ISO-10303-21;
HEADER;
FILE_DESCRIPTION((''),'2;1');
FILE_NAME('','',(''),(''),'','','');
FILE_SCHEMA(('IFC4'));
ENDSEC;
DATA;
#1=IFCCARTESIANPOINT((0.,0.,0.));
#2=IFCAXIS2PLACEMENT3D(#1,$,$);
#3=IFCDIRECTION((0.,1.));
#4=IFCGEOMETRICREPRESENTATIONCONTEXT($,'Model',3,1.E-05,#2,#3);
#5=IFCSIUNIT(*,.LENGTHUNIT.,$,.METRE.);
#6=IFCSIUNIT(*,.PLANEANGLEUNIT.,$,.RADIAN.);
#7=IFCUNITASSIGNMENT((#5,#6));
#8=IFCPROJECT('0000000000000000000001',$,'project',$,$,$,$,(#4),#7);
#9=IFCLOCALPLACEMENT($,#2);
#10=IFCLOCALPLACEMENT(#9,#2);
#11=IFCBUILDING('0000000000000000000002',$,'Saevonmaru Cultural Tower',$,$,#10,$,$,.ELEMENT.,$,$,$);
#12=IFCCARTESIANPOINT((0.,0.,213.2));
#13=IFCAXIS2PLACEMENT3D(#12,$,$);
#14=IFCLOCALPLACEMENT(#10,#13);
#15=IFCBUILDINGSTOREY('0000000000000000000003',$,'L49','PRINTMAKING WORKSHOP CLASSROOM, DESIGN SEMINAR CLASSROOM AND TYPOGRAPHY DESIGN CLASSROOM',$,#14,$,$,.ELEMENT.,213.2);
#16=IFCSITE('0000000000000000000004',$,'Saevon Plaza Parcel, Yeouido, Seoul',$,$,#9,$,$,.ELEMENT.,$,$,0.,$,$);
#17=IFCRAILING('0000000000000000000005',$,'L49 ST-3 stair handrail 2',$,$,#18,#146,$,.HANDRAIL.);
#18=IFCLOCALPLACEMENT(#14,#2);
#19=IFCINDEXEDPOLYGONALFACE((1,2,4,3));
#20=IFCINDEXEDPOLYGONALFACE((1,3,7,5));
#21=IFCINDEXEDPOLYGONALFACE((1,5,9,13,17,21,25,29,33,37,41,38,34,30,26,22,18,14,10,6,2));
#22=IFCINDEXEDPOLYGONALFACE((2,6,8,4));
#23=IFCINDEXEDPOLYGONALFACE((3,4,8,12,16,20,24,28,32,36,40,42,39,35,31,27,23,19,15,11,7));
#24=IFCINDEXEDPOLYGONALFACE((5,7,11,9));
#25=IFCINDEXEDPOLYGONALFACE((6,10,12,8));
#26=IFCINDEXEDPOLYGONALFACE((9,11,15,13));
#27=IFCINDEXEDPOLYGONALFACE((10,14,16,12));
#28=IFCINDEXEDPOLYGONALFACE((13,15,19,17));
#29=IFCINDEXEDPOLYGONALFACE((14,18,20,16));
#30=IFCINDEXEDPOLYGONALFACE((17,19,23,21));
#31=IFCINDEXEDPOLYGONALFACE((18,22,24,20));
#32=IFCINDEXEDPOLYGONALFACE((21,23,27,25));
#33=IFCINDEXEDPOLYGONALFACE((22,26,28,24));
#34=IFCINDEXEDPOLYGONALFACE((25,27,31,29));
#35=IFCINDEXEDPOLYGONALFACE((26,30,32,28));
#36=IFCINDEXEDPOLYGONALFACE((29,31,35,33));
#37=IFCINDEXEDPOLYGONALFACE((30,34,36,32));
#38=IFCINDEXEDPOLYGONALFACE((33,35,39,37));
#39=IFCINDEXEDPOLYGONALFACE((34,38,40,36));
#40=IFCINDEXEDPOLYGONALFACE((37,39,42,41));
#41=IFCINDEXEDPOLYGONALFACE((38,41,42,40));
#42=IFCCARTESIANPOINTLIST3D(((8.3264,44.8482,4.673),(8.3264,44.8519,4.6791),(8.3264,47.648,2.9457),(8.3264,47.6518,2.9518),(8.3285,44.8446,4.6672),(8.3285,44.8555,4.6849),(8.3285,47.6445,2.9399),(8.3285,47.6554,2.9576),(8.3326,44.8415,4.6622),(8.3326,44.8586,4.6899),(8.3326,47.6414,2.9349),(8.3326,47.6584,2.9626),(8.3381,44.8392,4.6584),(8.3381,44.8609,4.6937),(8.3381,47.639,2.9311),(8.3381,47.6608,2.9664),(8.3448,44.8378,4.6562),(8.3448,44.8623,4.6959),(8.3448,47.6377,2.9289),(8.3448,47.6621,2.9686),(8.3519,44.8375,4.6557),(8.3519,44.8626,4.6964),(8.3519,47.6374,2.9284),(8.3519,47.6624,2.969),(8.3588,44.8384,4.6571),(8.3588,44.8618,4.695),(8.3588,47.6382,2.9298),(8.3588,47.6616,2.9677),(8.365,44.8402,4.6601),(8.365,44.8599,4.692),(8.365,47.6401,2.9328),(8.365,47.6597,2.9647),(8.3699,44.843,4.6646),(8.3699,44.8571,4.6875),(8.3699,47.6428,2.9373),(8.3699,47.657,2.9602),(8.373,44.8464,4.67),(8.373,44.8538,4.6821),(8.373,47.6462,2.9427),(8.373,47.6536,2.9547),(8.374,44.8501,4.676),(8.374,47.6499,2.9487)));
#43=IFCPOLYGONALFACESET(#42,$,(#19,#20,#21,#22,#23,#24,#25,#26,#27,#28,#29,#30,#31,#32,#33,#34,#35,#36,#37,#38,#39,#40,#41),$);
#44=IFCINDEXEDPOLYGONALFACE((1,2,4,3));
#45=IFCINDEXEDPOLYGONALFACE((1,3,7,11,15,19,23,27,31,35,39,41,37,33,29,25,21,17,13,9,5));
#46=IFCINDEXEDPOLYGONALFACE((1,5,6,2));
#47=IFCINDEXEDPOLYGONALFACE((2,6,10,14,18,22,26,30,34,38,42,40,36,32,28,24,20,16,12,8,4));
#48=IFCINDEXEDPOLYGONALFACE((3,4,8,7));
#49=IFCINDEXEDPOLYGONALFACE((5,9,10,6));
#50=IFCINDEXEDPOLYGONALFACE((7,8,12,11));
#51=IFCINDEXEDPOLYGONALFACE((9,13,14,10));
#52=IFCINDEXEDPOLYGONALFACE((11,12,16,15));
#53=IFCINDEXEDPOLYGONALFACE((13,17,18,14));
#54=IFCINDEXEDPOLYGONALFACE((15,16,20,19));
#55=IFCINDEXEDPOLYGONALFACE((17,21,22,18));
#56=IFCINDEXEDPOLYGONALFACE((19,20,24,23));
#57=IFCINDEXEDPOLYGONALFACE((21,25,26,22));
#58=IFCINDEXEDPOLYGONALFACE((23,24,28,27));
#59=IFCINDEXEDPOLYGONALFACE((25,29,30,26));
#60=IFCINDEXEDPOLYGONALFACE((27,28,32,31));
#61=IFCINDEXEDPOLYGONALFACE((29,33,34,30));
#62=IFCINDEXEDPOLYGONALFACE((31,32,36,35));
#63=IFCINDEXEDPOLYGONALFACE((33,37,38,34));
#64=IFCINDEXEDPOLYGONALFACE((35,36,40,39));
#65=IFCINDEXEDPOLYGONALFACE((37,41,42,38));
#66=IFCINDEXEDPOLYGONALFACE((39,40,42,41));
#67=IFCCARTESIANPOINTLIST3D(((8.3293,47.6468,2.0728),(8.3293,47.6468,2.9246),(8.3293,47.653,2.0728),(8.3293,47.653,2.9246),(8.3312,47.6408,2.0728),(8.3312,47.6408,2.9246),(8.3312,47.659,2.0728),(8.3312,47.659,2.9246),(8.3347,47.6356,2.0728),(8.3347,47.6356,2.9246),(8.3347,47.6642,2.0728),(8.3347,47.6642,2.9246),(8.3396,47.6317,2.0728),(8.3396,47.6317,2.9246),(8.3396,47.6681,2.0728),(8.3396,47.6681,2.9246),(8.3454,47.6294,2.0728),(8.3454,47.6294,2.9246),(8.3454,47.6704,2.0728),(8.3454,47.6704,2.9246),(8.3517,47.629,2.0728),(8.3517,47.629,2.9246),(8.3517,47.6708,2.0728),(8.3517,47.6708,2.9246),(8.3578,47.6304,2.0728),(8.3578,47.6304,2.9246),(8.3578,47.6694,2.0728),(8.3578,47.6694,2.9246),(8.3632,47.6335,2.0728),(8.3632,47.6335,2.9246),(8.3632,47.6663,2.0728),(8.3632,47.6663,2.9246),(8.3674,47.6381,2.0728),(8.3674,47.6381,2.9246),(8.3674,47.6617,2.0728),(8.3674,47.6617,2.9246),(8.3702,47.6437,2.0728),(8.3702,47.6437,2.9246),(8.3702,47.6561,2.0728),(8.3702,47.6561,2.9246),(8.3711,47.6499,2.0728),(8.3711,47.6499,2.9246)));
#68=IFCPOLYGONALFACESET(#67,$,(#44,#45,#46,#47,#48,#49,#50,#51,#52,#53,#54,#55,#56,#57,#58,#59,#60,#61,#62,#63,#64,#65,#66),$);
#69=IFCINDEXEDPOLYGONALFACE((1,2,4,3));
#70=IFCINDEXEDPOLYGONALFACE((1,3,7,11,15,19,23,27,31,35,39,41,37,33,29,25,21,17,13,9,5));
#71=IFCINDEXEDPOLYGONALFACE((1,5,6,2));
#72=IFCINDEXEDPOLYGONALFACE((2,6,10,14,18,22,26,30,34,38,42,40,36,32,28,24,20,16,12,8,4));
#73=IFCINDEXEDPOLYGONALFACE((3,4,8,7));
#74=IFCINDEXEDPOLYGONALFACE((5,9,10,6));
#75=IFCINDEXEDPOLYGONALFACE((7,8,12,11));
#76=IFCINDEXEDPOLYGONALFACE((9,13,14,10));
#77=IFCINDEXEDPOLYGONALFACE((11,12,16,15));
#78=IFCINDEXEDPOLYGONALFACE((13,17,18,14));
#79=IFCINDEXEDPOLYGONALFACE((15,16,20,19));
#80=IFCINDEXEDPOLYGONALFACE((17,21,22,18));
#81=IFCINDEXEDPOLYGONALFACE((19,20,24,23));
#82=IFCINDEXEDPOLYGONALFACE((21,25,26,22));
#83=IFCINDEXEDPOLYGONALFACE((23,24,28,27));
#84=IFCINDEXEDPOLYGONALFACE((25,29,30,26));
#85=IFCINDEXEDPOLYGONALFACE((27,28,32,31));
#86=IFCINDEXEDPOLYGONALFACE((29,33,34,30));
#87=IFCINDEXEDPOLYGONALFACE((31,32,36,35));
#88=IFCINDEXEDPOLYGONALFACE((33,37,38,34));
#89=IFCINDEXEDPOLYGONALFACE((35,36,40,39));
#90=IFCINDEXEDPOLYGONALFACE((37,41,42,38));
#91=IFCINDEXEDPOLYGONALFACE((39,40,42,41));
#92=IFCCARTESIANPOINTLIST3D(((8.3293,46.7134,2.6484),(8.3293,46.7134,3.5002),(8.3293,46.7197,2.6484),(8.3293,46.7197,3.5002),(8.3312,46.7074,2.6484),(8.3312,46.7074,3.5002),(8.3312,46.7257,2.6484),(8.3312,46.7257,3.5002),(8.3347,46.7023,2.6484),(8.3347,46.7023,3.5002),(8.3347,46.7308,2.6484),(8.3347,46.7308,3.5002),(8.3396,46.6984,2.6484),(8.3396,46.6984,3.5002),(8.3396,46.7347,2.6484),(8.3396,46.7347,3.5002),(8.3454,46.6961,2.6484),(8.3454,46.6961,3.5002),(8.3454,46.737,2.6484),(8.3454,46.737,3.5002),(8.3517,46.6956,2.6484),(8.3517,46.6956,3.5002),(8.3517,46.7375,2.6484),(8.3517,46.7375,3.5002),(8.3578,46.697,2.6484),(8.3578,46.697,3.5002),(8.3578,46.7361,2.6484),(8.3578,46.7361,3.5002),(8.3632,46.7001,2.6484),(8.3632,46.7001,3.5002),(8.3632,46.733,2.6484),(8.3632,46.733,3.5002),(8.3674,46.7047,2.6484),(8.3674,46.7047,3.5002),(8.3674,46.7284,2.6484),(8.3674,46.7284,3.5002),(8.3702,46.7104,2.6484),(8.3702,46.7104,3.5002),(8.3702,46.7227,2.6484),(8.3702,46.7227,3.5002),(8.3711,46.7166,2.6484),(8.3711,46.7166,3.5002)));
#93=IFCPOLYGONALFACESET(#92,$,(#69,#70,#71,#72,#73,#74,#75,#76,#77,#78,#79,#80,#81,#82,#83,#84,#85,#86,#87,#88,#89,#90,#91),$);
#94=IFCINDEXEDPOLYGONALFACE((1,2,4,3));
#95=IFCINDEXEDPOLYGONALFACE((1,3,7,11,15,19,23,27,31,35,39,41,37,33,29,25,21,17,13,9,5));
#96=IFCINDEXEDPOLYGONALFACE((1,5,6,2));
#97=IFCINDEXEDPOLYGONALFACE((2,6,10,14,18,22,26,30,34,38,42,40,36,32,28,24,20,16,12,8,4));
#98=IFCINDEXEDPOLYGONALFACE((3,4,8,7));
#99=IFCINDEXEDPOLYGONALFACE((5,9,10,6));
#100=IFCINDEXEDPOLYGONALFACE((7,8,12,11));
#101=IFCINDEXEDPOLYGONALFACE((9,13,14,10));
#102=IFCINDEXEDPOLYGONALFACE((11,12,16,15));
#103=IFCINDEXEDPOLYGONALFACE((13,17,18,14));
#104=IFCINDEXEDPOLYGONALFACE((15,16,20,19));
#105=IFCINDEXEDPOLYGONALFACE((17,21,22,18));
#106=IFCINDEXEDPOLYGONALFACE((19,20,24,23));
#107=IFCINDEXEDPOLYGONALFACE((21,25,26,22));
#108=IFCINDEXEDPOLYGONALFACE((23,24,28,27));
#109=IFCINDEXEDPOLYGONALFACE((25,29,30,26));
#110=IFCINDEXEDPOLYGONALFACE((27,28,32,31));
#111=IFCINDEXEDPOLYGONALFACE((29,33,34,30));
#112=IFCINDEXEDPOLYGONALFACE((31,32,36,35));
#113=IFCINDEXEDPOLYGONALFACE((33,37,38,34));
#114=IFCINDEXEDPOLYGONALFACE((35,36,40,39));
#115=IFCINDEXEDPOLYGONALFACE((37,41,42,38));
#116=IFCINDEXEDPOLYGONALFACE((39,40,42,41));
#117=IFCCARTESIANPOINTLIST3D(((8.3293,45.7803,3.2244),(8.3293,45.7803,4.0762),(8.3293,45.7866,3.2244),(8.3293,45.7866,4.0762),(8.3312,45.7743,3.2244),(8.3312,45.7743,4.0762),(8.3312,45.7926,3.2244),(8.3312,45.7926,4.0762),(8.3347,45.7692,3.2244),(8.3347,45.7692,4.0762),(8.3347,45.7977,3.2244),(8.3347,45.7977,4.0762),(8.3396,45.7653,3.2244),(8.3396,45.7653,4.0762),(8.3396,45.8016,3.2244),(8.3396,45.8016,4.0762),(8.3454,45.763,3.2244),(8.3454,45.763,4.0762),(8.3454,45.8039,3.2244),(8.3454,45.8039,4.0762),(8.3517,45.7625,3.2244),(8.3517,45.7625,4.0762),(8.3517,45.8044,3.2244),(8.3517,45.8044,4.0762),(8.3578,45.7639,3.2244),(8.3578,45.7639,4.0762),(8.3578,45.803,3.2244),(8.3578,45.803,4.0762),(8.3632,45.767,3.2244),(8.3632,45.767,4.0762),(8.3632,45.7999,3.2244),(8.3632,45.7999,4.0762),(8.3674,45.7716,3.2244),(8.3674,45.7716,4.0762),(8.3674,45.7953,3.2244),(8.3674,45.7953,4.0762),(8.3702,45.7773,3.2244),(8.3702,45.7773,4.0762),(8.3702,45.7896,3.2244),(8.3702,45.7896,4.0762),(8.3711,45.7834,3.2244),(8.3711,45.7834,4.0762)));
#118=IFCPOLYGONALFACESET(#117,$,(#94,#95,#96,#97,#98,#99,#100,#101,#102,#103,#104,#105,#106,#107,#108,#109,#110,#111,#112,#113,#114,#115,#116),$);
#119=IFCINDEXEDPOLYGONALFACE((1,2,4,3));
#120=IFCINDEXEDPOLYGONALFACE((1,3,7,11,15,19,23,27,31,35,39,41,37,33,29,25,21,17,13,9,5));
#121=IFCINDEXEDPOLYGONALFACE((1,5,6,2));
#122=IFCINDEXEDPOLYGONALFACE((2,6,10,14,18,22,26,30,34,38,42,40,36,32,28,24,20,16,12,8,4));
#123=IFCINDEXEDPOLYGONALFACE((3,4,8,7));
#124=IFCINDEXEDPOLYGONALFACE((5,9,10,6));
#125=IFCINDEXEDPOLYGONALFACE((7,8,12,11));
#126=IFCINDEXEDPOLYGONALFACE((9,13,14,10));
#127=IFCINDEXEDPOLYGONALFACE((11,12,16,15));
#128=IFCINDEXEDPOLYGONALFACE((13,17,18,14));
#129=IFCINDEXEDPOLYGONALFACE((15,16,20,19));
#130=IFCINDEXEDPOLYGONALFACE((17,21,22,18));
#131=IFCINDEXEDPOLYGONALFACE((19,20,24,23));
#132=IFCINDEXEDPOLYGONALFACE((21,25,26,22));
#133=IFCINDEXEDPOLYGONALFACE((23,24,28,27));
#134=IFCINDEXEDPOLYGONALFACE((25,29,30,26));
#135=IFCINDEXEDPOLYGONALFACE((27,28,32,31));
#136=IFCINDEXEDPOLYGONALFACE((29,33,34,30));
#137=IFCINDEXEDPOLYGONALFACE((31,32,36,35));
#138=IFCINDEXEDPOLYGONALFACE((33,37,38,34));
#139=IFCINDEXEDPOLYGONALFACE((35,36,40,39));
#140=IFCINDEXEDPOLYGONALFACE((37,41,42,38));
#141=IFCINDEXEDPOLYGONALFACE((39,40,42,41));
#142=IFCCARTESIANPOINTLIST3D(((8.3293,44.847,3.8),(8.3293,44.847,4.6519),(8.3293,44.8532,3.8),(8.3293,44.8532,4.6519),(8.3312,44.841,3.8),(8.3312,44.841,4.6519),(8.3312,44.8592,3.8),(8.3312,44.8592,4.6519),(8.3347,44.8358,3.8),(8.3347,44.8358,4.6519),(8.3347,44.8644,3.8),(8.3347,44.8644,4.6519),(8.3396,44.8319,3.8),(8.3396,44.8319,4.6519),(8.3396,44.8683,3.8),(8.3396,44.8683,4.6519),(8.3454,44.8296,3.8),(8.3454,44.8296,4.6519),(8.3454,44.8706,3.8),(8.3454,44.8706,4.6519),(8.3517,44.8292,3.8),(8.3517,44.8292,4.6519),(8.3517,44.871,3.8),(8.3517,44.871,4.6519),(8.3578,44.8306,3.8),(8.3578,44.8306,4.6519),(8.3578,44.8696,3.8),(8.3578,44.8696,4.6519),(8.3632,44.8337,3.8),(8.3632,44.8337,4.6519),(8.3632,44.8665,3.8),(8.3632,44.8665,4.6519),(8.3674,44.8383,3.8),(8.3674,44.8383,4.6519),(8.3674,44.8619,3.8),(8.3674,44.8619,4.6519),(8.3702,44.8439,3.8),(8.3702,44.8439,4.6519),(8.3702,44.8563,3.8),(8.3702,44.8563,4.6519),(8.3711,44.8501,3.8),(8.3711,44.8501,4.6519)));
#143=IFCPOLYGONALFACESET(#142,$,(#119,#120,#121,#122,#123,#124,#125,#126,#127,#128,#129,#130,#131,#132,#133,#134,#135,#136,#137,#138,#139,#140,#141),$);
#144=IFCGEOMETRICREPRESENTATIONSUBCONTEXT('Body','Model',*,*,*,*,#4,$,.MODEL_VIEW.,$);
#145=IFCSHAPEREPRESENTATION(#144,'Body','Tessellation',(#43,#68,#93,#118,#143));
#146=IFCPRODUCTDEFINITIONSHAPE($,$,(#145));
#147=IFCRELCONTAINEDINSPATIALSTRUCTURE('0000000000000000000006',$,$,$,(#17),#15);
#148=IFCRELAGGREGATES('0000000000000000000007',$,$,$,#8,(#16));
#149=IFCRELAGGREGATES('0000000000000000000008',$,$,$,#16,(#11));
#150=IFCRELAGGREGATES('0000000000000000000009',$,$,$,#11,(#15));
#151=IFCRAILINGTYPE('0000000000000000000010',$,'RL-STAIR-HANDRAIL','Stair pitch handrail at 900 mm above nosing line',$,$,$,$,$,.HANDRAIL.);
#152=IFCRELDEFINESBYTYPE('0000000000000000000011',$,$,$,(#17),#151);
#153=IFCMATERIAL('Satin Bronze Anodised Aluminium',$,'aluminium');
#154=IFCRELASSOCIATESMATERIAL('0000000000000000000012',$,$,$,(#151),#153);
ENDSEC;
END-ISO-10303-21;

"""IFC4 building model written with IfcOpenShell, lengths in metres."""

from ifc_helpers import new_model, si_unit, direction, frame, origin, origin_2d, place, context, subcontext, project, spatial, circle, extrude, material, type_object, element, save


model = new_model("IFC4")

# Units and contexts
model_context = context("Model", 3, precision=1e-05, world=origin(), true_north=direction((0.0, 1.0)))
body_context = subcontext(model_context, "Body", "Model", "MODEL_VIEW")
ifc_project = project(units=[si_unit("LENGTHUNIT", "METRE"), si_unit("PLANEANGLEUNIT", "RADIAN")], contexts=[model_context])

# Site, building, storey
site_placement = place(None, origin())
site = spatial("IfcSite", under=ifc_project, at=site_placement, Name="Saevon Plaza Parcel, Yeouido, Seoul", CompositionType="ELEMENT", RefElevation=0.0)
building_placement = place(site_placement, origin())
building = spatial("IfcBuilding", under=site, at=building_placement, Name="Saevonmaru Cultural Tower", CompositionType="ELEMENT")
storey_placement = place(building_placement, frame((0.0, 0.0, 213.2)))
storey = spatial("IfcBuildingStorey", under=building, at=storey_placement, Name="L49", Description="PRINTMAKING WORKSHOP CLASSROOM, DESIGN SEMINAR CLASSROOM AND TYPOGRAPHY DESIGN CLASSROOM", CompositionType="ELEMENT", Elevation=213.2)

# Shared definitions
ifc_material_1 = material(Name="Satin Bronze Anodised Aluminium", Category="aluminium")

# Railing
railing_type_1 = type_object("IfcRailingType", Name="RL-STAIR-HANDRAIL", Description="Stair pitch handrail at 900 mm above nosing line", PredefinedType="HANDRAIL", material=ifc_material_1)
railing_1_placement = place(storey_placement, frame((8.3501, 47.6499, 2.0728)))
element("IfcRailing", 1, at=railing_1_placement, inside=storey, type_object=railing_type_1, Name="L49 ST-3 stair handrail 2", PredefinedType="HANDRAIL", context=body_context, shape_type="SweptSolid", body=[
    extrude(circle(Radius=0.0239, at=origin_2d()), frame((0.0, 0.0, 0.876), z_axis=(0.0, -0.851069, 0.525054), x_axis=(1.0, 0.0, 0.0)), (0.0, 0.0, 1.0), 3.2898),
    extrude(circle(Radius=0.021, at=origin_2d()), origin(), (0.0, 0.0, 1.0), 0.8518),
    extrude(circle(Radius=0.021, at=origin_2d()), frame((0.0, -0.9333, 0.5757)), (0.0, 0.0, 1.0), 0.8518),
    extrude(circle(Radius=0.021, at=origin_2d()), frame((0.0, -1.8665, 1.1516)), (0.0, 0.0, 1.0), 0.8518),
    extrude(circle(Radius=0.021, at=origin_2d()), frame((0.0, -2.7998, 1.7273)), (0.0, 0.0, 1.0), 0.8518),
])

save(model, "model.ifc")
